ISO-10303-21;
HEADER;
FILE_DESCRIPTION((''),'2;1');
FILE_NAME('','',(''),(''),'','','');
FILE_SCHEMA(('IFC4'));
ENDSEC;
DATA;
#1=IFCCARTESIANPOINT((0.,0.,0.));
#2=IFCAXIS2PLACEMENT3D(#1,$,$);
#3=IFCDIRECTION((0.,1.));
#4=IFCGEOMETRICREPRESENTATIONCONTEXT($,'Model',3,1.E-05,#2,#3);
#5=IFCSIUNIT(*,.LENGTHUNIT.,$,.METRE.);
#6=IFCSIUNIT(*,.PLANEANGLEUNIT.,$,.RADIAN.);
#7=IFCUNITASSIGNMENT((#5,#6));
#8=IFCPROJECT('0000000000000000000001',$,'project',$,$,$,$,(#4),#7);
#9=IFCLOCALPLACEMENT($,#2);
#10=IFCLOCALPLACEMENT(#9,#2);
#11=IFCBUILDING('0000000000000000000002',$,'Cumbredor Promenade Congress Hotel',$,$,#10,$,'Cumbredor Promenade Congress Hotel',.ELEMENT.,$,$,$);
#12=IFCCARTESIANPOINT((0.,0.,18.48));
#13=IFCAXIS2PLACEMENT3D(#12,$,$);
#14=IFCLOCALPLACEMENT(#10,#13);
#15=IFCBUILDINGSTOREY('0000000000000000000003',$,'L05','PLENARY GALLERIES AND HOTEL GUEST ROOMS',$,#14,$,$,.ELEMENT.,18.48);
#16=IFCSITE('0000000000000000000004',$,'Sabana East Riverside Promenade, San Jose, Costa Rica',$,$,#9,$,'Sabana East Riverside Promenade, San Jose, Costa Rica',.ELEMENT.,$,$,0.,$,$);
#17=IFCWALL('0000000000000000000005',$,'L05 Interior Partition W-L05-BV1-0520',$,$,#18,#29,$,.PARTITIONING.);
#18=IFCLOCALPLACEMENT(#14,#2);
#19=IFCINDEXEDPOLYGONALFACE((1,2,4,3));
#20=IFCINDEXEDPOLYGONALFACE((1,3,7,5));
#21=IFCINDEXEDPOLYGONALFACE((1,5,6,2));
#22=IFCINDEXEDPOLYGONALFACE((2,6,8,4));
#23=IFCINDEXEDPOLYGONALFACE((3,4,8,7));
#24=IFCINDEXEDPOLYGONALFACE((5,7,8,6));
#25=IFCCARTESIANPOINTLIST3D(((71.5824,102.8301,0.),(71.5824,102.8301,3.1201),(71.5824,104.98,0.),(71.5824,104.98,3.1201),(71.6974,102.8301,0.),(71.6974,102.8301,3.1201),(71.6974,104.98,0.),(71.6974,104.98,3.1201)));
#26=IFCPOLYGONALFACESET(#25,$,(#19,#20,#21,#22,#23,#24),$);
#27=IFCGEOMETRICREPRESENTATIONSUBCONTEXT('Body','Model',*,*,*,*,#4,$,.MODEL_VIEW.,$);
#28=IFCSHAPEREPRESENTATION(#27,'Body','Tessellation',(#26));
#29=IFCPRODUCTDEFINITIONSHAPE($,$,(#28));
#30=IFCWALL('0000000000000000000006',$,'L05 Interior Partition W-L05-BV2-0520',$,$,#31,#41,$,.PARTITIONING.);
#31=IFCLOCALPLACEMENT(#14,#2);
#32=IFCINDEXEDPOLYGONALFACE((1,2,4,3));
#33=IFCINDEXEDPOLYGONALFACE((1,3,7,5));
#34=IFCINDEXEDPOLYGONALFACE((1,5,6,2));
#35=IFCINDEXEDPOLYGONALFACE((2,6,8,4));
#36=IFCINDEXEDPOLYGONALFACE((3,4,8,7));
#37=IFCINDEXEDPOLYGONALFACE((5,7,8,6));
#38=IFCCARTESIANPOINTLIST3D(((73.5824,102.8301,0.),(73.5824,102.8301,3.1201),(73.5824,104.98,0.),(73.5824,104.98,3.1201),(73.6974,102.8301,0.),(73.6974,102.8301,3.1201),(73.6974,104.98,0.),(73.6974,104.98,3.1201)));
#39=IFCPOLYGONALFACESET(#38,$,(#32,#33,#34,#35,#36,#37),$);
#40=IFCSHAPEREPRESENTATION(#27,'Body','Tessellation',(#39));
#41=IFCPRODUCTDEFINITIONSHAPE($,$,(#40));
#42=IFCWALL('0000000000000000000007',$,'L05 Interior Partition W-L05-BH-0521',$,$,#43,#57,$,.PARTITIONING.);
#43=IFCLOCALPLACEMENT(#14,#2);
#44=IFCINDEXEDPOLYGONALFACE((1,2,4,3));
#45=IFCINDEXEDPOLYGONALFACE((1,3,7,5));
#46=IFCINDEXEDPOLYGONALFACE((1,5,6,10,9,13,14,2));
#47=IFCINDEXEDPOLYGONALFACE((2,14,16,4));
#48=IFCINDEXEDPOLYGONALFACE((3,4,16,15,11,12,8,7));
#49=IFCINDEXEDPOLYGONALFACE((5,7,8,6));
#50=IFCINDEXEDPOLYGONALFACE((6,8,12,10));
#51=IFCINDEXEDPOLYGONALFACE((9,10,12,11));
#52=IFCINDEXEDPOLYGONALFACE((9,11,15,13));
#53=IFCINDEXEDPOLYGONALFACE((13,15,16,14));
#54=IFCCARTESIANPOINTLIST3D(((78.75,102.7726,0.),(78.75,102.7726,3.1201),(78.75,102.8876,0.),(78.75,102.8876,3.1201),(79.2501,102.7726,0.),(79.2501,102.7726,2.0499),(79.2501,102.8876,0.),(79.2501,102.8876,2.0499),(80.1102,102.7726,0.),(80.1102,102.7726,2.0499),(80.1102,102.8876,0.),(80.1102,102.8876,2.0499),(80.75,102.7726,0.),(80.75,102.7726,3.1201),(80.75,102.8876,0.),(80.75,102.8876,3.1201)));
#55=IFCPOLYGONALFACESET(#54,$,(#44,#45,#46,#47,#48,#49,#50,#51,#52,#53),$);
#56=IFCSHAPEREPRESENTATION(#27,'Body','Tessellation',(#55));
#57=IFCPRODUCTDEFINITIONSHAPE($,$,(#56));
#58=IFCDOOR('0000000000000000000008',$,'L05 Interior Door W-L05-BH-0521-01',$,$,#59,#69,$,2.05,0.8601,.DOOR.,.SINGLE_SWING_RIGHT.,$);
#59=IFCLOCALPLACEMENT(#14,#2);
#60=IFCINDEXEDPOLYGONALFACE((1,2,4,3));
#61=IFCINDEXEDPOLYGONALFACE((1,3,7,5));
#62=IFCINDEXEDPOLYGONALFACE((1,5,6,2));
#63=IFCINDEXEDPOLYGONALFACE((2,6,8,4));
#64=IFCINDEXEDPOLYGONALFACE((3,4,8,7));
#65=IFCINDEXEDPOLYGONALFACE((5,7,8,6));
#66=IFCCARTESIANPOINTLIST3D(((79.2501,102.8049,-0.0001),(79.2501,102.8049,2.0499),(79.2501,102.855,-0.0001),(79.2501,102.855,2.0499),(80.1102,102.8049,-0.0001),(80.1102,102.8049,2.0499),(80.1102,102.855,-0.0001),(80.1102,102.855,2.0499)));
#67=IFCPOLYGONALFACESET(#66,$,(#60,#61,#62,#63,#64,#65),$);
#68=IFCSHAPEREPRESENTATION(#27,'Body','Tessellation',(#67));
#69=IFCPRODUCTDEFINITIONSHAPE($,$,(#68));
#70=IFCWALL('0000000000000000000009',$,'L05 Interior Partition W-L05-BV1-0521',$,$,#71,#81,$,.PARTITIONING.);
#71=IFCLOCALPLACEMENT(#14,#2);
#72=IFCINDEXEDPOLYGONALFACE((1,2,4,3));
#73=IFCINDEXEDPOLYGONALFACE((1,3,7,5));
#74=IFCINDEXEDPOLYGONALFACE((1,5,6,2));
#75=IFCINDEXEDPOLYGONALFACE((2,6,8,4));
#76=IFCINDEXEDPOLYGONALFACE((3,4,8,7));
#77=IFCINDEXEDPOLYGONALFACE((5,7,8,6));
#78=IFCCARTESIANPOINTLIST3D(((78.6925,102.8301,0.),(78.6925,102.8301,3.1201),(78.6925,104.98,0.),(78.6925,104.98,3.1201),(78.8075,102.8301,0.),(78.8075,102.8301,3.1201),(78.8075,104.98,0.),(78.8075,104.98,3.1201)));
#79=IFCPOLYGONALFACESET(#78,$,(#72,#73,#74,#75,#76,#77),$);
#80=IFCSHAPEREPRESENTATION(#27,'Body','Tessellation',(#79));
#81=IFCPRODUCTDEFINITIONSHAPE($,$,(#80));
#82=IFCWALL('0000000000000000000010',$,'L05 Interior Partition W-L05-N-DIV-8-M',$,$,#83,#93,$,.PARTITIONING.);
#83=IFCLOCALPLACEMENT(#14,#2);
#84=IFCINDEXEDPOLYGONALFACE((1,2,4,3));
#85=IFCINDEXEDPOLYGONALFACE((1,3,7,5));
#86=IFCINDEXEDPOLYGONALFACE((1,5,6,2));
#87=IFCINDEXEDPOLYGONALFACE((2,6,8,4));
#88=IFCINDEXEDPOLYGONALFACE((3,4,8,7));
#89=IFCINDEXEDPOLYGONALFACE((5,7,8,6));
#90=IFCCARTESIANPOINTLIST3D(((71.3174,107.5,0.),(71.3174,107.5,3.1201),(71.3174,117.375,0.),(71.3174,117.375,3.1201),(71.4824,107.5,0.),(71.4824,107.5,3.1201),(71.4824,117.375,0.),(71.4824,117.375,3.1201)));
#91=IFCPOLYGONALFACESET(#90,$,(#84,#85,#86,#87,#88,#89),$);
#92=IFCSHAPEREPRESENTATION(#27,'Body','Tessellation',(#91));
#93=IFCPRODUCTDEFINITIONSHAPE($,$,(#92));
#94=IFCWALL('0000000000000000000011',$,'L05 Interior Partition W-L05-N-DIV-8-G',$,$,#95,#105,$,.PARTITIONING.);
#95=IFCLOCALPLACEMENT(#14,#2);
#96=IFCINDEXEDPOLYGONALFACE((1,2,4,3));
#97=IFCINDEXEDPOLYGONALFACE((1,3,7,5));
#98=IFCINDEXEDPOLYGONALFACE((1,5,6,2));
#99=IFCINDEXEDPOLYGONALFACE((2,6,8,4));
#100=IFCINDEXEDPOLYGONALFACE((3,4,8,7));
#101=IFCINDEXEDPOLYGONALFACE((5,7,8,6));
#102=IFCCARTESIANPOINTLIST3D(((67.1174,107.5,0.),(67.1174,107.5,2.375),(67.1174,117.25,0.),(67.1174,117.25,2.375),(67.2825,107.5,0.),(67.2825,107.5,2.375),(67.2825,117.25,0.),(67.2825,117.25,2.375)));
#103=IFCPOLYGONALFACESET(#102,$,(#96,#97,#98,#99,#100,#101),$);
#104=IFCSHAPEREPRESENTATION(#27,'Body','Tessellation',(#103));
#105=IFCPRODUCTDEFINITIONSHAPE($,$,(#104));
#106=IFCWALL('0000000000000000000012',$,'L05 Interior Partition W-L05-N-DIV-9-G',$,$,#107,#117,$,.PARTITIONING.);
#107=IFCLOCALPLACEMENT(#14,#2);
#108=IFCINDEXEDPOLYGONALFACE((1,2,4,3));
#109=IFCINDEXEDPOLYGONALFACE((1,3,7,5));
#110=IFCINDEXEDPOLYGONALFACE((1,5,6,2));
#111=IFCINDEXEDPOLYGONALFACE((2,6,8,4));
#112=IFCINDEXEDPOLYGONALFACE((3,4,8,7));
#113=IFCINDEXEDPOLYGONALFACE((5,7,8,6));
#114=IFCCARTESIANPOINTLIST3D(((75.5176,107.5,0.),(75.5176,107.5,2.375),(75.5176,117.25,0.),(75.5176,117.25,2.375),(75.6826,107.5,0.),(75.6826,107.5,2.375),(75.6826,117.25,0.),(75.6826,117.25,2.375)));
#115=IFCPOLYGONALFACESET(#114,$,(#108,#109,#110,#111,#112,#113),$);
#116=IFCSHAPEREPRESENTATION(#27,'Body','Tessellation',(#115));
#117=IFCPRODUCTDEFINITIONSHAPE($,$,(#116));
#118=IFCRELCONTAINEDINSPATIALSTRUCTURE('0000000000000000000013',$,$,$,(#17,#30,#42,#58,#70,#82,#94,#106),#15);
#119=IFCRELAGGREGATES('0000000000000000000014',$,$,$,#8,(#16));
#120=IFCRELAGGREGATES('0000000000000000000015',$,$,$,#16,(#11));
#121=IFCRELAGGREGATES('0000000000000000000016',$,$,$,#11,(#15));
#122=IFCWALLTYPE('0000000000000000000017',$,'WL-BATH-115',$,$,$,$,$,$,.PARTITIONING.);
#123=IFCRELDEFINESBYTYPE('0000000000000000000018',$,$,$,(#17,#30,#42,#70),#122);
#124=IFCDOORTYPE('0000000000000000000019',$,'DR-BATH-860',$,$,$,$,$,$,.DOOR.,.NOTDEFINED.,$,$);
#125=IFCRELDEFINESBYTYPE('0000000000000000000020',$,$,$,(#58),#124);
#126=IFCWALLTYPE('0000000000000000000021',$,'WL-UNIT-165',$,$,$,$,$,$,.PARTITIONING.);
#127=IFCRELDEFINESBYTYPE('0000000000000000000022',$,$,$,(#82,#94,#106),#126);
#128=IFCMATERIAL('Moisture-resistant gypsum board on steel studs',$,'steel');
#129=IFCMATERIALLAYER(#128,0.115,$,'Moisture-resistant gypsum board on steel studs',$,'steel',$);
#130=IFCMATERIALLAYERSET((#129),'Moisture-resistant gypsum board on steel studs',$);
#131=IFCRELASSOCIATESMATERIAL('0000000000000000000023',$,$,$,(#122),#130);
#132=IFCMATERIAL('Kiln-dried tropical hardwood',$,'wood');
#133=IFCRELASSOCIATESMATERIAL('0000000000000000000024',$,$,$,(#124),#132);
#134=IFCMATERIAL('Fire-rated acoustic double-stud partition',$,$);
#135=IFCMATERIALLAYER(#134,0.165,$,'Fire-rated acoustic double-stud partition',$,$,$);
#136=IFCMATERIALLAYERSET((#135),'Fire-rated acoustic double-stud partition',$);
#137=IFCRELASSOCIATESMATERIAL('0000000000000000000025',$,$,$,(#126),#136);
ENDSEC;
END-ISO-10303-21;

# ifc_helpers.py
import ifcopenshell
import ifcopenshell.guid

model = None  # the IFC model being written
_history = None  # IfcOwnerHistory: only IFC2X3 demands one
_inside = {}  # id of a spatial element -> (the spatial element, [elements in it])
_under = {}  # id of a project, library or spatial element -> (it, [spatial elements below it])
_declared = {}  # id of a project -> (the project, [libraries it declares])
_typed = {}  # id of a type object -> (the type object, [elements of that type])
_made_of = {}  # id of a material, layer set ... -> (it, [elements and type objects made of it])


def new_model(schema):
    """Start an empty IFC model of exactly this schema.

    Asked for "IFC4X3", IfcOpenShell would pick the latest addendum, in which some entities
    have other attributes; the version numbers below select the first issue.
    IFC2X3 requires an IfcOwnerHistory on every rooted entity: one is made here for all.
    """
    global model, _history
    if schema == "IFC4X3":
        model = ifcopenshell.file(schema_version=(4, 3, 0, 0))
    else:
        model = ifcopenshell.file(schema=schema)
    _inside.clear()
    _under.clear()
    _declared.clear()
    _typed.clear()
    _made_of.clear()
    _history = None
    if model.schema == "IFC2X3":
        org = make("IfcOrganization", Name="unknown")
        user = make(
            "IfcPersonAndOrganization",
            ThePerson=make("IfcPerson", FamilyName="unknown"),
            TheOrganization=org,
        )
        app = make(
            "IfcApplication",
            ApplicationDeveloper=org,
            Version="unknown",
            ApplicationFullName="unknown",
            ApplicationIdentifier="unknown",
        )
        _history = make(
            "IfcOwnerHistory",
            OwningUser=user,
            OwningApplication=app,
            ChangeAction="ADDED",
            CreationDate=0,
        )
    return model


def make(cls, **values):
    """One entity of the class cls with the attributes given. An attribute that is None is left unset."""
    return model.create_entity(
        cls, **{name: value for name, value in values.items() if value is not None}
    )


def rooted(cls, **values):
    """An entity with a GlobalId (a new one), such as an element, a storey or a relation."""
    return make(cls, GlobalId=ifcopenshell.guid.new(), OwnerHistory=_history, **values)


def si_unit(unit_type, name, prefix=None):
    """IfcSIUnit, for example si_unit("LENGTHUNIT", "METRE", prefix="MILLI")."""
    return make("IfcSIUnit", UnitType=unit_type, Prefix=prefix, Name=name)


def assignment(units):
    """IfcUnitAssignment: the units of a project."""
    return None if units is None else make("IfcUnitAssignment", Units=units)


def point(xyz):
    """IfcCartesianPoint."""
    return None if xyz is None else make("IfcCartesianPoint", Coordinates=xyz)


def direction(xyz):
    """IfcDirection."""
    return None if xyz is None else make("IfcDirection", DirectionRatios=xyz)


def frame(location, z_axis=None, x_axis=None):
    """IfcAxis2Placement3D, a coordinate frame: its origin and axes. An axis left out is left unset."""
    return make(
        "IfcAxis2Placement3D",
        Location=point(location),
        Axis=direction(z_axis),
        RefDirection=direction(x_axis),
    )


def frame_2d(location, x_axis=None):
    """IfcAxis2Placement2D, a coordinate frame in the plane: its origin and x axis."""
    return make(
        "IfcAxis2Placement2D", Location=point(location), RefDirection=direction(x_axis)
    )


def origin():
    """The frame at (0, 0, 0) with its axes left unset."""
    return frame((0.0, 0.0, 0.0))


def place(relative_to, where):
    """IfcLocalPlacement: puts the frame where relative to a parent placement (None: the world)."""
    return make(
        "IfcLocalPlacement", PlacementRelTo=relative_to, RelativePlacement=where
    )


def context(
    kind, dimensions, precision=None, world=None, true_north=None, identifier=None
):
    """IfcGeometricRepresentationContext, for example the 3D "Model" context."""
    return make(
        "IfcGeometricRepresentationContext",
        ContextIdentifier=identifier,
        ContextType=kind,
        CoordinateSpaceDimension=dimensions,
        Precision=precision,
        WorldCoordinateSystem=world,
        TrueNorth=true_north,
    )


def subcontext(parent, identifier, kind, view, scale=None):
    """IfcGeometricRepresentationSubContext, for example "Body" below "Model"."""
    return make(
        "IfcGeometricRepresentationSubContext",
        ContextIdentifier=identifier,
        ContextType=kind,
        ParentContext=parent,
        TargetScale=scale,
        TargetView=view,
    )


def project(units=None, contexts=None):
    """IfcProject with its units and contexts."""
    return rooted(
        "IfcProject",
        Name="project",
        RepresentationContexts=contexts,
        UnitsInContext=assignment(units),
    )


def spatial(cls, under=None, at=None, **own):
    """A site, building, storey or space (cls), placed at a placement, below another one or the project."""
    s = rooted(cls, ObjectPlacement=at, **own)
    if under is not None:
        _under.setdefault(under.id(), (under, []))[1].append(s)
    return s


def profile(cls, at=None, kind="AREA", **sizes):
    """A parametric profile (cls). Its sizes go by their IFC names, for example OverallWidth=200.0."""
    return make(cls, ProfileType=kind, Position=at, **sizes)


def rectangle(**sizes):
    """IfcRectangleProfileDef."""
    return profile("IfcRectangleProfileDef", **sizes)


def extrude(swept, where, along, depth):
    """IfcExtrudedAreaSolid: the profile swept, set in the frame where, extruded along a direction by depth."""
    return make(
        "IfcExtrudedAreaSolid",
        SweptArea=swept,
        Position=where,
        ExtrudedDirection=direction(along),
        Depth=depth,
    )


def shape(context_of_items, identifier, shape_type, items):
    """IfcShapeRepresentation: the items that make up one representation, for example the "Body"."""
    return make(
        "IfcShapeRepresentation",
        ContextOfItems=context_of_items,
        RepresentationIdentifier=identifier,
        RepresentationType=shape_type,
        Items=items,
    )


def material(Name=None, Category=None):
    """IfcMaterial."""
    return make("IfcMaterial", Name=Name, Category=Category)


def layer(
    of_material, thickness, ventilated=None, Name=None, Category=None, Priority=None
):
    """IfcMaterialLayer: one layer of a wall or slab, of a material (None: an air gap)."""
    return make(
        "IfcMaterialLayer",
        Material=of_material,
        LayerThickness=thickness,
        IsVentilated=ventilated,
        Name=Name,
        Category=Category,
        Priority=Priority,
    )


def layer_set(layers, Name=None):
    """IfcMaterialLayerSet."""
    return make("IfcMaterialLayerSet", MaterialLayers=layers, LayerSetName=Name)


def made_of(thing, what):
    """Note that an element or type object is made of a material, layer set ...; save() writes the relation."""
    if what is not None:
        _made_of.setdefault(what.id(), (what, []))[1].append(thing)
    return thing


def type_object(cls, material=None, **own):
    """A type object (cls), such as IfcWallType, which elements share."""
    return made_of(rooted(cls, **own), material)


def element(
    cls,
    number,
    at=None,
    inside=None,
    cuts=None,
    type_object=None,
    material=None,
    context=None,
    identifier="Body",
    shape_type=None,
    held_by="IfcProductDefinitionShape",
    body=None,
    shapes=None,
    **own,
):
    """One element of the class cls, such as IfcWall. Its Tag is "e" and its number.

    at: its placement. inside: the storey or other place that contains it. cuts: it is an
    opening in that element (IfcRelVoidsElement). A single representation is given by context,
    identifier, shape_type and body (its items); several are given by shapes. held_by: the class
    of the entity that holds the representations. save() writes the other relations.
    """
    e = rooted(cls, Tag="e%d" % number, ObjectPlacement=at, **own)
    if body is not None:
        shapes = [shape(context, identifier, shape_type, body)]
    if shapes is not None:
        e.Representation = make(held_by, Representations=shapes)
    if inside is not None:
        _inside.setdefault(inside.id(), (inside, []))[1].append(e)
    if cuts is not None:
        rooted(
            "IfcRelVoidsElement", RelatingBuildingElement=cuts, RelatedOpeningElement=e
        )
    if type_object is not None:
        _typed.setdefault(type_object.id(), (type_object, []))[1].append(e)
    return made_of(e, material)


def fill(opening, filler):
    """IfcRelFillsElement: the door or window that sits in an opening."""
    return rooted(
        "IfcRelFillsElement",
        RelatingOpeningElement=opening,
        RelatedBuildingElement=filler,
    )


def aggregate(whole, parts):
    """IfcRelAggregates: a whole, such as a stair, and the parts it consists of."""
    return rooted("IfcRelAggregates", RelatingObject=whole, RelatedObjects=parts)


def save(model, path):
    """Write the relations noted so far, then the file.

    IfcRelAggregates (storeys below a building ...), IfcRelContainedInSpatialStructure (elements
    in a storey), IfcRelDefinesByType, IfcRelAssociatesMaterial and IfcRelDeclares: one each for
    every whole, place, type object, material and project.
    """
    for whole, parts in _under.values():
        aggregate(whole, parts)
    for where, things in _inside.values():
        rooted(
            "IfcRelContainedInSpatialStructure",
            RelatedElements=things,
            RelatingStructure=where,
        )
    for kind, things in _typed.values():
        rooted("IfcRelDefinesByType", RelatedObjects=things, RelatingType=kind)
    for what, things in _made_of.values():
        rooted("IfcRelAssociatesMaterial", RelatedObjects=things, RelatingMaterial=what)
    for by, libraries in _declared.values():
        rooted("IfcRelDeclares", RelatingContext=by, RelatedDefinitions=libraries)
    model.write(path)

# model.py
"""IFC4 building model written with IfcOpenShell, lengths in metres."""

from ifc_helpers import new_model, si_unit, direction, frame, frame_2d, origin, place, context, subcontext, project, spatial, rectangle, extrude, material, layer, layer_set, type_object, element, fill, save


model = new_model("IFC4")

# Units and contexts
model_context = context("Model", 3, precision=1e-05, world=origin(), true_north=direction((0.0, 1.0)))
body_context = subcontext(model_context, "Body", "Model", "MODEL_VIEW")
ifc_project = project(units=[si_unit("LENGTHUNIT", "METRE"), si_unit("PLANEANGLEUNIT", "RADIAN")], contexts=[model_context])

# Site, building, storey
site_placement = place(None, origin())
site = spatial("IfcSite", under=ifc_project, at=site_placement, Name="Sabana East Riverside Promenade, San Jose, Costa Rica", LongName="Sabana East Riverside Promenade, San Jose, Costa Rica", CompositionType="ELEMENT", RefElevation=0.0)
building_placement = place(site_placement, origin())
building = spatial("IfcBuilding", under=site, at=building_placement, Name="Cumbredor Promenade Congress Hotel", LongName="Cumbredor Promenade Congress Hotel", CompositionType="ELEMENT")
storey_placement = place(building_placement, frame((0.0, 0.0, 18.48)))
storey = spatial("IfcBuildingStorey", under=building, at=storey_placement, Name="L05", Description="PLENARY GALLERIES AND HOTEL GUEST ROOMS", CompositionType="ELEMENT", Elevation=18.48)

# Shared definitions
ifc_material_1 = material(Name="Moisture-resistant gypsum board on steel studs", Category="steel")
ifc_layer_1 = layer(ifc_material_1, 0.115, Name="Moisture-resistant gypsum board on steel studs", Category="steel")
ifc_layer_set_1 = layer_set([ifc_layer_1], Name="Moisture-resistant gypsum board on steel studs")
wall_type_1 = type_object("IfcWallType", Name="WL-BATH-115", PredefinedType="PARTITIONING", material=ifc_layer_set_1)

# Shared definitions
ifc_material_2 = material(Name="Kiln-dried tropical hardwood", Category="wood")
door_type = type_object("IfcDoorType", Name="DR-BATH-860", OperationType="NOTDEFINED", PredefinedType="DOOR", material=ifc_material_2)

# Walls
for number, where, z_axis, x_axis, name in (
    (1, (71.6399, 102.8301, 0.0), (0.0, 0.0, 1.0), (0.0, 1.0, 0.0), "L05 Interior Partition W-L05-BV1-0520"),
    (2, (73.6399, 102.8301, 0.0), (0.0, 0.0, 1.0), (0.0, 1.0, 0.0), "L05 Interior Partition W-L05-BV2-0520"),
):
    element("IfcWall", number, at=place(storey_placement, frame(where, z_axis=z_axis, x_axis=x_axis)), inside=storey, type_object=wall_type_1, Name=name, PredefinedType="PARTITIONING", context=body_context, shape_type="SweptSolid", body=[
        extrude(rectangle(XDim=2.1499, YDim=0.115, at=frame_2d((1.075, 0.0))), origin(), (0.0, 0.0, 1.0), 3.1201),
    ])

# Wall, opening, door
wall_1_placement = place(storey_placement, frame((78.75, 102.8301, 0.0), z_axis=(0.0, 0.0, 1.0), x_axis=(1.0, 0.0, 0.0)))
wall_1 = element("IfcWall", 3, at=wall_1_placement, inside=storey, type_object=wall_type_1, Name="L05 Interior Partition W-L05-BH-0521", PredefinedType="PARTITIONING", context=body_context, shape_type="SweptSolid", body=[
    extrude(rectangle(XDim=2.0, YDim=0.115, at=frame_2d((1.0, 0.0))), origin(), (0.0, 0.0, 1.0), 3.1201),
])
opening_1_placement = place(wall_1_placement, frame((0.5, 0.0, 0.0)))
opening_1 = element("IfcOpeningElement", 4, at=opening_1_placement, cuts=wall_1, PredefinedType="OPENING", context=body_context, shape_type="SweptSolid", body=[
    extrude(rectangle(XDim=0.8601, YDim=2.05, at=frame_2d((0.4302, 1.0249))), frame((0.0, 0.0674, 0.0), z_axis=(0.0, -1.0, 0.0), x_axis=(1.0, 0.0, 0.0)), (0.0, 0.0, 1.0), 0.135),
])
door_1_placement = place(opening_1_placement, origin())
door_1 = element("IfcDoor", 5, at=door_1_placement, inside=storey, type_object=door_type, Name="L05 Interior Door W-L05-BH-0521-01", OperationType="SINGLE_SWING_RIGHT", OverallHeight=2.05, OverallWidth=0.8601, PredefinedType="DOOR", context=body_context, shape_type="SweptSolid", body=[
    extrude(rectangle(XDim=0.8601, YDim=2.05, at=frame_2d((0.4302, 1.0249))), frame((0.0, 0.0249, 0.0), z_axis=(0.0, -1.0, 0.0), x_axis=(1.0, 0.0, 0.0)), (0.0, 0.0, 1.0), 0.05),
])
fill(opening_1, door_1)

# Walls
wall_2_placement = place(storey_placement, frame((78.75, 102.8301, 0.0), z_axis=(0.0, 0.0, 1.0), x_axis=(0.0, 1.0, 0.0)))
element("IfcWall", 6, at=wall_2_placement, inside=storey, type_object=wall_type_1, Name="L05 Interior Partition W-L05-BV1-0521", PredefinedType="PARTITIONING", context=body_context, shape_type="SweptSolid", body=[
    extrude(rectangle(XDim=2.1499, YDim=0.115, at=frame_2d((1.075, 0.0))), origin(), (0.0, 0.0, 1.0), 3.1201),
])
ifc_material_3 = material(Name="Fire-rated acoustic double-stud partition")
ifc_layer_2 = layer(ifc_material_3, 0.165, Name="Fire-rated acoustic double-stud partition")
ifc_layer_set_2 = layer_set([ifc_layer_2], Name="Fire-rated acoustic double-stud partition")
wall_type_2 = type_object("IfcWallType", Name="WL-UNIT-165", PredefinedType="PARTITIONING", material=ifc_layer_set_2)
wall_3_placement = place(storey_placement, frame((71.3999, 107.5, 0.0), z_axis=(0.0, 0.0, 1.0), x_axis=(0.0, 1.0, 0.0)))
element("IfcWall", 7, at=wall_3_placement, inside=storey, type_object=wall_type_2, Name="L05 Interior Partition W-L05-N-DIV-8-M", PredefinedType="PARTITIONING", context=body_context, shape_type="SweptSolid", body=[
    extrude(rectangle(XDim=9.875, YDim=0.165, at=frame_2d((4.9375, 0.0))), origin(), (0.0, 0.0, 1.0), 3.1201),
])
for number, where, z_axis, x_axis, name in (
    (8, (67.2, 107.5, 0.0), (0.0, 0.0, 1.0), (0.0, 1.0, 0.0), "L05 Interior Partition W-L05-N-DIV-8-G"),
    (9, (75.6001, 107.5, 0.0), (0.0, 0.0, 1.0), (0.0, 1.0, 0.0), "L05 Interior Partition W-L05-N-DIV-9-G"),
):
    element("IfcWall", number, at=place(storey_placement, frame(where, z_axis=z_axis, x_axis=x_axis)), inside=storey, type_object=wall_type_2, Name=name, PredefinedType="PARTITIONING", context=body_context, shape_type="SweptSolid", body=[
        extrude(rectangle(XDim=9.75, YDim=0.165, at=frame_2d((4.875, 0.0))), origin(), (0.0, 0.0, 1.0), 2.375),
    ])

save(model, "model.ifc")
